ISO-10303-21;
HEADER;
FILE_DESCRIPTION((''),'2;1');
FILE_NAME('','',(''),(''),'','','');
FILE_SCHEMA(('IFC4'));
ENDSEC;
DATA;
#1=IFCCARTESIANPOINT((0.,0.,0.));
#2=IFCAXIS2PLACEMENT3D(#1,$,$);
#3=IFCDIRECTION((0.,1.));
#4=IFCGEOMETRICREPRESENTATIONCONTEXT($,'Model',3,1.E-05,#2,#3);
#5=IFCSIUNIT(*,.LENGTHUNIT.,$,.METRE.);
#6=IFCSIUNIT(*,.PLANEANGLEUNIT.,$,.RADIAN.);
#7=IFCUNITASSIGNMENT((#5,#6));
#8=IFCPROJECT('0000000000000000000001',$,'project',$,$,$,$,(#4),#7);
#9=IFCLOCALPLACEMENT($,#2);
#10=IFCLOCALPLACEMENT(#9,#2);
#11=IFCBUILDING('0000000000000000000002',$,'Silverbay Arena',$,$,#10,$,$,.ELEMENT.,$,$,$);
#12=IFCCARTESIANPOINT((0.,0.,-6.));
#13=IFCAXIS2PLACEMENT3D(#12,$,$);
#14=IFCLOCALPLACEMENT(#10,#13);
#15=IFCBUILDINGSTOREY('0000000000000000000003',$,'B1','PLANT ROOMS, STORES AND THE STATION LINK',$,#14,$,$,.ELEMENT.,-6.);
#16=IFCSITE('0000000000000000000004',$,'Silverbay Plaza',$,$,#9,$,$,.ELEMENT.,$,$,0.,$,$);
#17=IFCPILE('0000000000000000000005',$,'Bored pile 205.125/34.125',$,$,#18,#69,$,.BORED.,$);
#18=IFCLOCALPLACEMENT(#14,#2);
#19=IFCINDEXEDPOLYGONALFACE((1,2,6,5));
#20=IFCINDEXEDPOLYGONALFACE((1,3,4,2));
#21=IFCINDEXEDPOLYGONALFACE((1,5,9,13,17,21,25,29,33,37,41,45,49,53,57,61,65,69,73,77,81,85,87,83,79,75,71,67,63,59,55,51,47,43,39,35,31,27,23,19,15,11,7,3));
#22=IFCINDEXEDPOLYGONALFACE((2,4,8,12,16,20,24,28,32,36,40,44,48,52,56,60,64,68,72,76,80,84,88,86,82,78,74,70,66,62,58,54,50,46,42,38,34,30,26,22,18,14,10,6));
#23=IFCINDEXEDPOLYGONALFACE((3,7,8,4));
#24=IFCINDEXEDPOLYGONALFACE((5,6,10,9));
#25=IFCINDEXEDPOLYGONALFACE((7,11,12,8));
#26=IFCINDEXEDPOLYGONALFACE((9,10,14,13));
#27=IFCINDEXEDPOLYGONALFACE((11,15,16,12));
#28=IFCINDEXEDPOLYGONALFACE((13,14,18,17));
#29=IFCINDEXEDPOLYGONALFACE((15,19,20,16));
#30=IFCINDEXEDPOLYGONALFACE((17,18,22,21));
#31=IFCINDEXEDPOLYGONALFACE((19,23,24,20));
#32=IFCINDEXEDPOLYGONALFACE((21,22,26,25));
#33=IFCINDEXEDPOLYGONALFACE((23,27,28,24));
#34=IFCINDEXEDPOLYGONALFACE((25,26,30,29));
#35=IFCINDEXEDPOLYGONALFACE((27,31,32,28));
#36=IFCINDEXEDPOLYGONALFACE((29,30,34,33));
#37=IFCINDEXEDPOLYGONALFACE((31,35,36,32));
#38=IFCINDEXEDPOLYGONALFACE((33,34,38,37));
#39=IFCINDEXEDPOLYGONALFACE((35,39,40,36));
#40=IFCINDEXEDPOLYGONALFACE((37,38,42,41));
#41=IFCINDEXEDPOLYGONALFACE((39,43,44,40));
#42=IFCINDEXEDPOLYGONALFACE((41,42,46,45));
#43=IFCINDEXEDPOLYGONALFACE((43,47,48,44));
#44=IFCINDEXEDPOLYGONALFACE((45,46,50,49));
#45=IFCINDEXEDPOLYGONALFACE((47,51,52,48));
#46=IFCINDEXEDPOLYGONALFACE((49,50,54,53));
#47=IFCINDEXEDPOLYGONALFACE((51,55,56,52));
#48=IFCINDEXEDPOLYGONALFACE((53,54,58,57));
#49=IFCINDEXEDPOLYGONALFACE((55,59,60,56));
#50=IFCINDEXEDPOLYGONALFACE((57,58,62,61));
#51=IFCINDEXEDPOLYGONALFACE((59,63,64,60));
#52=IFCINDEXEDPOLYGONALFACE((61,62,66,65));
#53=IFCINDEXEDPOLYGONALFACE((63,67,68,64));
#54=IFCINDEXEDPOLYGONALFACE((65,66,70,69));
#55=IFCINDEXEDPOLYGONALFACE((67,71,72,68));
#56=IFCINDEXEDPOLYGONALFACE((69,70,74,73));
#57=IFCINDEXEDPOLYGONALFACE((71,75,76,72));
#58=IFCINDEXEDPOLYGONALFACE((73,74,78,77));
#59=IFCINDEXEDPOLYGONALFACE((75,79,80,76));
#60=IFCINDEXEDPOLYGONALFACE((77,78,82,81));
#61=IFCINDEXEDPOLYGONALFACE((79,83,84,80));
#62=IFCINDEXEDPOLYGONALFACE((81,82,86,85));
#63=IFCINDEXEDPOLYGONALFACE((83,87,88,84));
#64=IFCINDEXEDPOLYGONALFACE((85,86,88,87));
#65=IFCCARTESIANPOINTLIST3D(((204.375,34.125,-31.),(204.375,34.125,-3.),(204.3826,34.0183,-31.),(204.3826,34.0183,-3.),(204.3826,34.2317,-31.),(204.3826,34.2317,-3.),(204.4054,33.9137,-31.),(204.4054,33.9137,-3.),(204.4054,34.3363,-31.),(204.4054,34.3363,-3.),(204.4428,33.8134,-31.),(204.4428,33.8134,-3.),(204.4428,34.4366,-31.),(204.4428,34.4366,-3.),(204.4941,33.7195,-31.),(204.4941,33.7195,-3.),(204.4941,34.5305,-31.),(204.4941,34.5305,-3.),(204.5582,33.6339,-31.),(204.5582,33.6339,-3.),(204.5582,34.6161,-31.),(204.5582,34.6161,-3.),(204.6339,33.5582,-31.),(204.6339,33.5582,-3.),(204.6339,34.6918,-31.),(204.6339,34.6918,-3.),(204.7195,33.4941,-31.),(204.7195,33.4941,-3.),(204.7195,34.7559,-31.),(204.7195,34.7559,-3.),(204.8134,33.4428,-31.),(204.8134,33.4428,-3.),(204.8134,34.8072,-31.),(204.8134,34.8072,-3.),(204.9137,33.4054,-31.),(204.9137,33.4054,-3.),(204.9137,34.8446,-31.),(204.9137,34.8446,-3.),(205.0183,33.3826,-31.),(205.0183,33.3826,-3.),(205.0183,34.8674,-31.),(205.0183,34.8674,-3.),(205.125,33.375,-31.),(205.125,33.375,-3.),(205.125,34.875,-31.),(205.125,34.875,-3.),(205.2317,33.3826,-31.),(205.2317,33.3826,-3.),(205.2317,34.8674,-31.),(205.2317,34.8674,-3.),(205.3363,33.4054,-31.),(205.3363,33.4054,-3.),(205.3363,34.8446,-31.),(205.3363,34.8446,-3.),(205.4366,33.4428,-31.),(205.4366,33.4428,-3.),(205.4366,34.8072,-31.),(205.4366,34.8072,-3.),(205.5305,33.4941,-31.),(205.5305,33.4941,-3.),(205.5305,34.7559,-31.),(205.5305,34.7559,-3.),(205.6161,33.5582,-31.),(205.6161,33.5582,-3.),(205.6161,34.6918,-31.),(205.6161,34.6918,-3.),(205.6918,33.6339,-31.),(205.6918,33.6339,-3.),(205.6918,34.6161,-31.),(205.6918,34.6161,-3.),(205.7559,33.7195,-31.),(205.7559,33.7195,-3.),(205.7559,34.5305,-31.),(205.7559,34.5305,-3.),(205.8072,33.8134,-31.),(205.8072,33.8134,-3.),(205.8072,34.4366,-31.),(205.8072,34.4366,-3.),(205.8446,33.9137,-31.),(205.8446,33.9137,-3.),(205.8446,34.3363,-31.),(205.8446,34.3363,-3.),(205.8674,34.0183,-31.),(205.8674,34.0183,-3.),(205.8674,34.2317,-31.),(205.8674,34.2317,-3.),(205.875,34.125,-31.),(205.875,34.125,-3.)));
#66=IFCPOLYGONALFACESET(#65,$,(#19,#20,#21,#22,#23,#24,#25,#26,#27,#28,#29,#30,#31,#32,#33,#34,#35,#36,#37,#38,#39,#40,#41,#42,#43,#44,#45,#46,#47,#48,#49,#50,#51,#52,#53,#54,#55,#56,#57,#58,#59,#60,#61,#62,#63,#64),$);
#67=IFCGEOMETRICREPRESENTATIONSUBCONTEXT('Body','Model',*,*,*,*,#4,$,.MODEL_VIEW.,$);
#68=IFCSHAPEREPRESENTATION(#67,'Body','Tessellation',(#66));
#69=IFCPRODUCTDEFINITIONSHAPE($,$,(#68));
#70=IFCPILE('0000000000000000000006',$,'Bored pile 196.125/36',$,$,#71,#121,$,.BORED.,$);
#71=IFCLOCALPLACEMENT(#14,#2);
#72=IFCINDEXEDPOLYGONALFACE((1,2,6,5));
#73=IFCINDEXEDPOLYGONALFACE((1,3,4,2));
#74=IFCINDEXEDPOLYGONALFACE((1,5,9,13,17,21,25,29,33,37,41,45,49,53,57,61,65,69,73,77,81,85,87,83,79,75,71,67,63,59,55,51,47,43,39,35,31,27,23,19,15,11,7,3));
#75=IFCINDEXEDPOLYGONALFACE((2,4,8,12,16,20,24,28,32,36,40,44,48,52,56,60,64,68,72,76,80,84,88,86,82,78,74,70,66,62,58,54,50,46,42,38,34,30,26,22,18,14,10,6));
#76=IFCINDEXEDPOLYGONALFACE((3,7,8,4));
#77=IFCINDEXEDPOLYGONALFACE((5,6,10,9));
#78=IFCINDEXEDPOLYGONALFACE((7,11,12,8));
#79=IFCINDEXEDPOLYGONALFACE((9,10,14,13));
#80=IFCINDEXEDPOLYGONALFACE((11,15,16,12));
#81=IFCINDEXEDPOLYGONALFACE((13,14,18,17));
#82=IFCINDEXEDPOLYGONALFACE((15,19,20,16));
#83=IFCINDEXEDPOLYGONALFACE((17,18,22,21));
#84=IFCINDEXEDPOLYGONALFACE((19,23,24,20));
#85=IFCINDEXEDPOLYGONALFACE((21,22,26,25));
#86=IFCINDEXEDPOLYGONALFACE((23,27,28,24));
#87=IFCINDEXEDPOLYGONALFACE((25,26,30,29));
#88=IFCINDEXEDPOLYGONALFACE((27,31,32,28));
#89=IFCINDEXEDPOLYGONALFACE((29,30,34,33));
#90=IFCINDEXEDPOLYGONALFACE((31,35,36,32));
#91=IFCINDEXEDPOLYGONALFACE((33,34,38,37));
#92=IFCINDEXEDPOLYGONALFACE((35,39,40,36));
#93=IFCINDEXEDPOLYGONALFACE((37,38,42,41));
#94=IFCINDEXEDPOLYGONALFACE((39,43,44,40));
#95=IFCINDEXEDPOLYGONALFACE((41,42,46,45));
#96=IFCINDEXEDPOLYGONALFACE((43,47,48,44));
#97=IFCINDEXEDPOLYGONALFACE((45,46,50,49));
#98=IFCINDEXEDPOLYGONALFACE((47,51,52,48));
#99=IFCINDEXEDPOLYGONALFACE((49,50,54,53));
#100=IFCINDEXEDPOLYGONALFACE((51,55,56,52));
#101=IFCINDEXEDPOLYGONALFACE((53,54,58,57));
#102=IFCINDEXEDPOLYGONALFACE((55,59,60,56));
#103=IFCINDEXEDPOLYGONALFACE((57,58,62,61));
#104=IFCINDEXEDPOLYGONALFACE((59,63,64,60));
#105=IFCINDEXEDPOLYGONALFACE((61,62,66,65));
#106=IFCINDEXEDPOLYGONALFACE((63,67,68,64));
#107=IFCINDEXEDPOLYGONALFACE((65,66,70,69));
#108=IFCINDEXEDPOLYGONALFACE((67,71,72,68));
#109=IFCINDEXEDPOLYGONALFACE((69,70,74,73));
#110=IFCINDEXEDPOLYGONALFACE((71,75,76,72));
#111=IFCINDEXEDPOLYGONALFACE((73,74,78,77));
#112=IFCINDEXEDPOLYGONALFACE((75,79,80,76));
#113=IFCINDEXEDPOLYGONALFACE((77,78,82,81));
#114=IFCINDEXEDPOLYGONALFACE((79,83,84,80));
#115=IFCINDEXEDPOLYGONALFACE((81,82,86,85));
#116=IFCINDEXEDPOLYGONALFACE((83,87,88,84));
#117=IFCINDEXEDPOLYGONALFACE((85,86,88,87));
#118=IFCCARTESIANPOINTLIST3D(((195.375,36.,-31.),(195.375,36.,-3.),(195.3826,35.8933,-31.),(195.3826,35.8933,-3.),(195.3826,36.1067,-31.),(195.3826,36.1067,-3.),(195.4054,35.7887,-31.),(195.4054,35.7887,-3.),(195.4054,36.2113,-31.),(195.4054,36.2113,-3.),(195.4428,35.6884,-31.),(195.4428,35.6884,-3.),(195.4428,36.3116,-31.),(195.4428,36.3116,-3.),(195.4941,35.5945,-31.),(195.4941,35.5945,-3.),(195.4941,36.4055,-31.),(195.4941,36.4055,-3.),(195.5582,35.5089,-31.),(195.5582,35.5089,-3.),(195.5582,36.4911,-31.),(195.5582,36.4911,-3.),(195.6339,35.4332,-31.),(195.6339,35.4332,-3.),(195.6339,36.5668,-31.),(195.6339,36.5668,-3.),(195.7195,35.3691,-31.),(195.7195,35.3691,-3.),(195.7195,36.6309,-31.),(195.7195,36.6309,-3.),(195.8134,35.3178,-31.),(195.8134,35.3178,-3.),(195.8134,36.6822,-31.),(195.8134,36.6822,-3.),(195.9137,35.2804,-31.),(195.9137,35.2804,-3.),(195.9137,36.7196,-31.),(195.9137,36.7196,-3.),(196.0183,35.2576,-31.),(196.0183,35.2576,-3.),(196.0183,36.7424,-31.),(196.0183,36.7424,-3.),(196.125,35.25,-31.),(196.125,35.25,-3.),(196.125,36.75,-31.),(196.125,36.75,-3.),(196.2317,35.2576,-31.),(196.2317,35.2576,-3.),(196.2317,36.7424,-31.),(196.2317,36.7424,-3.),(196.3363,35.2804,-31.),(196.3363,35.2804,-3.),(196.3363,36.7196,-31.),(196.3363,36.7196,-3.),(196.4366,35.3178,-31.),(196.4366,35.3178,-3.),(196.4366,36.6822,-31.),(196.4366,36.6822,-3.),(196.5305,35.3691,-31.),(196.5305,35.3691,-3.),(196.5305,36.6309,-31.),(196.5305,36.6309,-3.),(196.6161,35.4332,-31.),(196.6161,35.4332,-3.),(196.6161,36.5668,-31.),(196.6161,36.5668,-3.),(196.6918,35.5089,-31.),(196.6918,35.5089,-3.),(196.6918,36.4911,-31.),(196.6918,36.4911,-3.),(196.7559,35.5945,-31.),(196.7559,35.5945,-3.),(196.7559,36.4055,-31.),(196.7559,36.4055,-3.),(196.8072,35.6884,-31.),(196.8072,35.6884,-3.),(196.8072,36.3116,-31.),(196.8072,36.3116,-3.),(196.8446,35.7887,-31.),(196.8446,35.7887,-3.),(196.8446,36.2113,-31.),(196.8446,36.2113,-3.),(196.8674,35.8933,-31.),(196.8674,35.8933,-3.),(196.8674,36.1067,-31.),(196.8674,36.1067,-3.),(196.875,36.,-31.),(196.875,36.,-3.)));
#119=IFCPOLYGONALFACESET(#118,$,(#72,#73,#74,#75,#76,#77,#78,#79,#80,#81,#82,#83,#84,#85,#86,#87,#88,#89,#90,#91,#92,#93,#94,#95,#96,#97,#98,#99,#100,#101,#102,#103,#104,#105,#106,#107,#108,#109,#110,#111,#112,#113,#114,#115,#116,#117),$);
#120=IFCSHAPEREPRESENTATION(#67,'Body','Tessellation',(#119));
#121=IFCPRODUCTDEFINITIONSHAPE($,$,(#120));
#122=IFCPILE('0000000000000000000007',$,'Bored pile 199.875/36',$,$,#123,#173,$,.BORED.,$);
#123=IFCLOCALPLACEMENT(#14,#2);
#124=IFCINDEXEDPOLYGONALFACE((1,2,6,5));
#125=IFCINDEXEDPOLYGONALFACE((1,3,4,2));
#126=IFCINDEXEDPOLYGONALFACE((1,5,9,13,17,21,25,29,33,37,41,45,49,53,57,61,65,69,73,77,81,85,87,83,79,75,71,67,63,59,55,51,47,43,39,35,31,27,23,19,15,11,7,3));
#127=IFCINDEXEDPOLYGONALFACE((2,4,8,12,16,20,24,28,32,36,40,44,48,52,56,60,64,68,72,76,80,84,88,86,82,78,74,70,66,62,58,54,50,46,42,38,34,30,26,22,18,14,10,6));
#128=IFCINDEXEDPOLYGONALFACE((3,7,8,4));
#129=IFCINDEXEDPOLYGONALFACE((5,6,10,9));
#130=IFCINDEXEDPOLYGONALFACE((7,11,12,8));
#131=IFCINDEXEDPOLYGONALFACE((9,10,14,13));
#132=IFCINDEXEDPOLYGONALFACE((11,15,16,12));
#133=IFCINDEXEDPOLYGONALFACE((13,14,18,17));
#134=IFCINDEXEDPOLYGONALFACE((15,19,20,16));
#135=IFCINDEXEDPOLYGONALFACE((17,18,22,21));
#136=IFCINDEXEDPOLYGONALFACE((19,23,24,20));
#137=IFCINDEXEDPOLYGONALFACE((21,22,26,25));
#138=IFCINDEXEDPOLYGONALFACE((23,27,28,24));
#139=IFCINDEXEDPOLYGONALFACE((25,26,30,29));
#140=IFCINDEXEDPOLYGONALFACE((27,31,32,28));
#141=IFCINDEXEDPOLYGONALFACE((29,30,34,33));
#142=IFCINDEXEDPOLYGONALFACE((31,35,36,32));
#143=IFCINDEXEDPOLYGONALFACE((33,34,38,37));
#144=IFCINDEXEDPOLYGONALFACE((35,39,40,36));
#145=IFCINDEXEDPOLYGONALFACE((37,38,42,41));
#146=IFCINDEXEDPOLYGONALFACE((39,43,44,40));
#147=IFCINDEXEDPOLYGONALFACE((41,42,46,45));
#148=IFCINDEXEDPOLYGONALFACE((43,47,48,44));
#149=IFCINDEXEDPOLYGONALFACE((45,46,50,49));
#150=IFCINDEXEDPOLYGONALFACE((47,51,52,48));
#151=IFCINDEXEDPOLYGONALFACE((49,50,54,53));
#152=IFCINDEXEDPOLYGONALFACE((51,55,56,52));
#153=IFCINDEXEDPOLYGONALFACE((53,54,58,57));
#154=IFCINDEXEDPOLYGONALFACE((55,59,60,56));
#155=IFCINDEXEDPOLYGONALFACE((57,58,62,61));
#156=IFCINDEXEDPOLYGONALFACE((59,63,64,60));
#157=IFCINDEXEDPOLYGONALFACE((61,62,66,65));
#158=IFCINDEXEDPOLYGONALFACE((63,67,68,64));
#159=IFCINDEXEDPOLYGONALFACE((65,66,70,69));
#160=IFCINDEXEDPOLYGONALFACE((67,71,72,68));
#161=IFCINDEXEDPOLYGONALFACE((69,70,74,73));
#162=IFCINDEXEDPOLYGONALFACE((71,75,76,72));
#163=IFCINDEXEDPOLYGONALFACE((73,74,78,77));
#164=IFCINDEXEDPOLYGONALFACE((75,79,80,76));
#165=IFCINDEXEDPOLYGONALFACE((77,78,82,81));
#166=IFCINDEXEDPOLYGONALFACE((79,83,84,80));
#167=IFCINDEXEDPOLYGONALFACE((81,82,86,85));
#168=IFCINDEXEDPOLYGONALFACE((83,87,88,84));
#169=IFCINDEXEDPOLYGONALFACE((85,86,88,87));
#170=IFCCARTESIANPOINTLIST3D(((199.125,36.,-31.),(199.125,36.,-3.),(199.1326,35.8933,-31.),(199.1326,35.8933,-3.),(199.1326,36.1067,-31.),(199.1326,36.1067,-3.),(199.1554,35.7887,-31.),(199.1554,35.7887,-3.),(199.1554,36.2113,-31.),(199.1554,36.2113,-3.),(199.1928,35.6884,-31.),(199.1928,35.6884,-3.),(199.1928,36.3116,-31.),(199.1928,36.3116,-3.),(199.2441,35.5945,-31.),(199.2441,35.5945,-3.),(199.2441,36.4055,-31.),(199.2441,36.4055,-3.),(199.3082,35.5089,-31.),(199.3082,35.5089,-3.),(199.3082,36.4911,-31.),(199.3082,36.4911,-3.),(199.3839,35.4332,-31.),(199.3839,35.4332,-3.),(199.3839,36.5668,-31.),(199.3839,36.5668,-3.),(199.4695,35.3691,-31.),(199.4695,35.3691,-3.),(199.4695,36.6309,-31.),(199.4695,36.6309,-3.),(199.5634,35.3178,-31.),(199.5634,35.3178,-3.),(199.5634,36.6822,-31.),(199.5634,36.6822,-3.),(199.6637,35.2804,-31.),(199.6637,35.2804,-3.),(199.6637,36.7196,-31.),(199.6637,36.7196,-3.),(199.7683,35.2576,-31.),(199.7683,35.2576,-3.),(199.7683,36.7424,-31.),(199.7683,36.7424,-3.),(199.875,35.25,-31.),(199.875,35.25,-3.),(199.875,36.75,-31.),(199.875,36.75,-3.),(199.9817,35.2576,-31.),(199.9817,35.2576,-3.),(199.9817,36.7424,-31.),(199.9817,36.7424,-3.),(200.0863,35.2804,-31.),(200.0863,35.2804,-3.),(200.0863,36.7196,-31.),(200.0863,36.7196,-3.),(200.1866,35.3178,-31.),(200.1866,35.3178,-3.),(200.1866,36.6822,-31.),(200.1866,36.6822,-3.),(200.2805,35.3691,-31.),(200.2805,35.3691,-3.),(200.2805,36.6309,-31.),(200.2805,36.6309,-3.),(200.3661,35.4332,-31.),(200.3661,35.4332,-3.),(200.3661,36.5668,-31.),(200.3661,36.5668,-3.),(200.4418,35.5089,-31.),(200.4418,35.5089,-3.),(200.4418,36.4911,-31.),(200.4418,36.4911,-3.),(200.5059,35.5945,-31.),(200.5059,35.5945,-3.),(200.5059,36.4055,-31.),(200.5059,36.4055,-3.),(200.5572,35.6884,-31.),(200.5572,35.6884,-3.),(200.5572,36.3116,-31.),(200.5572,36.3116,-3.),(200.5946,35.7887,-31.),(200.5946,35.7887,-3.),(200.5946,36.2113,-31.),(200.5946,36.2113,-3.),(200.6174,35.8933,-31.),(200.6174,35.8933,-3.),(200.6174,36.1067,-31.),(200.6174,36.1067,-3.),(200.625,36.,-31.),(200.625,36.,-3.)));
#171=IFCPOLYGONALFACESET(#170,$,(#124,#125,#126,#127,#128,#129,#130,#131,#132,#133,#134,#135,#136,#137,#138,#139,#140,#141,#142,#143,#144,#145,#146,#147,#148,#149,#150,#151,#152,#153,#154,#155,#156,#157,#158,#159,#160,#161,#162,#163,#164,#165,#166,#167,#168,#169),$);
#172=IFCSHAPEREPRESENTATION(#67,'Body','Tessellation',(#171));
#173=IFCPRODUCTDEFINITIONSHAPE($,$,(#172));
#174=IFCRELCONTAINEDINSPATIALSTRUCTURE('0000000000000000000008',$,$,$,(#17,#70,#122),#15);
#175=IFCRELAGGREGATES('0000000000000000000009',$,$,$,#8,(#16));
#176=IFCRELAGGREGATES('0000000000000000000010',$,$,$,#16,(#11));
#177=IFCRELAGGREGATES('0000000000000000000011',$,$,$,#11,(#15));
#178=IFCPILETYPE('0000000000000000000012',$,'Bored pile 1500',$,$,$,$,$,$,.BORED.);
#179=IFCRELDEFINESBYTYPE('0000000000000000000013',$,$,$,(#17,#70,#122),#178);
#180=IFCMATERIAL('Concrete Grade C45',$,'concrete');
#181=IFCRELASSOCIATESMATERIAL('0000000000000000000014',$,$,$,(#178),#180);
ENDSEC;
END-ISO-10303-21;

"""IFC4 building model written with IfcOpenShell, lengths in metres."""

from ifc_helpers import new_model, si_unit, direction, frame, origin, origin_2d, place, context, subcontext, project, spatial, circle, extrude, material, material_profile, profile_set, type_object, element, save


model = new_model("IFC4")

# Units and contexts
model_context = context("Model", 3, precision=1e-05, world=origin(), true_north=direction((0.0, 1.0)))
body_context = subcontext(model_context, "Body", "Model", "MODEL_VIEW")
ifc_project = project(units=[si_unit("LENGTHUNIT", "METRE"), si_unit("PLANEANGLEUNIT", "RADIAN")], contexts=[model_context])

# Site, building, storey
site_placement = place(None, origin())
site = spatial("IfcSite", under=ifc_project, at=site_placement, Name="Silverbay Plaza", CompositionType="ELEMENT", RefElevation=0.0)
building_placement = place(site_placement, origin())
building = spatial("IfcBuilding", under=site, at=building_placement, Name="Silverbay Arena", CompositionType="ELEMENT")
storey_placement = place(building_placement, frame((0.0, 0.0, -6.0)))
storey = spatial("IfcBuildingStorey", under=building, at=storey_placement, Name="B1", Description="PLANT ROOMS, STORES AND THE STATION LINK", CompositionType="ELEMENT", Elevation=-6.0)

# Piles
ifc_material_1 = material(Name="Concrete Grade C45", Category="concrete")
ifc_material_profile_1 = material_profile(ifc_material_1, circle(Radius=0.75, at=origin_2d()), Name="Bored pile 1500")
ifc_profile_set_1 = profile_set([ifc_material_profile_1], Name="Concrete Grade C45")
pile_type_1 = type_object("IfcPileType", Name="Bored pile 1500", PredefinedType="BORED", material=ifc_profile_set_1)
for number, where, z_axis, x_axis, name in (
    (1, (205.125, 34.125, -3.0), (0.0, 0.0, -1.0), (1.0, 0.0, 0.0), "Bored pile 205.125/34.125"),
    (2, (196.125, 36.0, -3.0), (0.0, 0.0, -1.0), (1.0, 0.0, 0.0), "Bored pile 196.125/36"),
    (3, (199.875, 36.0, -3.0), (0.0, 0.0, -1.0), (1.0, 0.0, 0.0), "Bored pile 199.875/36"),
):
    element("IfcPile", number, at=place(storey_placement, frame(where, z_axis=z_axis, x_axis=x_axis)), inside=storey, type_object=pile_type_1, Name=name, PredefinedType="BORED", context=body_context, shape_type="SweptSolid", body=[
        extrude(circle(Radius=0.75, at=origin_2d()), origin(), (0.0, 0.0, 1.0), 28.0),
    ])

save(model, "model.ifc")
